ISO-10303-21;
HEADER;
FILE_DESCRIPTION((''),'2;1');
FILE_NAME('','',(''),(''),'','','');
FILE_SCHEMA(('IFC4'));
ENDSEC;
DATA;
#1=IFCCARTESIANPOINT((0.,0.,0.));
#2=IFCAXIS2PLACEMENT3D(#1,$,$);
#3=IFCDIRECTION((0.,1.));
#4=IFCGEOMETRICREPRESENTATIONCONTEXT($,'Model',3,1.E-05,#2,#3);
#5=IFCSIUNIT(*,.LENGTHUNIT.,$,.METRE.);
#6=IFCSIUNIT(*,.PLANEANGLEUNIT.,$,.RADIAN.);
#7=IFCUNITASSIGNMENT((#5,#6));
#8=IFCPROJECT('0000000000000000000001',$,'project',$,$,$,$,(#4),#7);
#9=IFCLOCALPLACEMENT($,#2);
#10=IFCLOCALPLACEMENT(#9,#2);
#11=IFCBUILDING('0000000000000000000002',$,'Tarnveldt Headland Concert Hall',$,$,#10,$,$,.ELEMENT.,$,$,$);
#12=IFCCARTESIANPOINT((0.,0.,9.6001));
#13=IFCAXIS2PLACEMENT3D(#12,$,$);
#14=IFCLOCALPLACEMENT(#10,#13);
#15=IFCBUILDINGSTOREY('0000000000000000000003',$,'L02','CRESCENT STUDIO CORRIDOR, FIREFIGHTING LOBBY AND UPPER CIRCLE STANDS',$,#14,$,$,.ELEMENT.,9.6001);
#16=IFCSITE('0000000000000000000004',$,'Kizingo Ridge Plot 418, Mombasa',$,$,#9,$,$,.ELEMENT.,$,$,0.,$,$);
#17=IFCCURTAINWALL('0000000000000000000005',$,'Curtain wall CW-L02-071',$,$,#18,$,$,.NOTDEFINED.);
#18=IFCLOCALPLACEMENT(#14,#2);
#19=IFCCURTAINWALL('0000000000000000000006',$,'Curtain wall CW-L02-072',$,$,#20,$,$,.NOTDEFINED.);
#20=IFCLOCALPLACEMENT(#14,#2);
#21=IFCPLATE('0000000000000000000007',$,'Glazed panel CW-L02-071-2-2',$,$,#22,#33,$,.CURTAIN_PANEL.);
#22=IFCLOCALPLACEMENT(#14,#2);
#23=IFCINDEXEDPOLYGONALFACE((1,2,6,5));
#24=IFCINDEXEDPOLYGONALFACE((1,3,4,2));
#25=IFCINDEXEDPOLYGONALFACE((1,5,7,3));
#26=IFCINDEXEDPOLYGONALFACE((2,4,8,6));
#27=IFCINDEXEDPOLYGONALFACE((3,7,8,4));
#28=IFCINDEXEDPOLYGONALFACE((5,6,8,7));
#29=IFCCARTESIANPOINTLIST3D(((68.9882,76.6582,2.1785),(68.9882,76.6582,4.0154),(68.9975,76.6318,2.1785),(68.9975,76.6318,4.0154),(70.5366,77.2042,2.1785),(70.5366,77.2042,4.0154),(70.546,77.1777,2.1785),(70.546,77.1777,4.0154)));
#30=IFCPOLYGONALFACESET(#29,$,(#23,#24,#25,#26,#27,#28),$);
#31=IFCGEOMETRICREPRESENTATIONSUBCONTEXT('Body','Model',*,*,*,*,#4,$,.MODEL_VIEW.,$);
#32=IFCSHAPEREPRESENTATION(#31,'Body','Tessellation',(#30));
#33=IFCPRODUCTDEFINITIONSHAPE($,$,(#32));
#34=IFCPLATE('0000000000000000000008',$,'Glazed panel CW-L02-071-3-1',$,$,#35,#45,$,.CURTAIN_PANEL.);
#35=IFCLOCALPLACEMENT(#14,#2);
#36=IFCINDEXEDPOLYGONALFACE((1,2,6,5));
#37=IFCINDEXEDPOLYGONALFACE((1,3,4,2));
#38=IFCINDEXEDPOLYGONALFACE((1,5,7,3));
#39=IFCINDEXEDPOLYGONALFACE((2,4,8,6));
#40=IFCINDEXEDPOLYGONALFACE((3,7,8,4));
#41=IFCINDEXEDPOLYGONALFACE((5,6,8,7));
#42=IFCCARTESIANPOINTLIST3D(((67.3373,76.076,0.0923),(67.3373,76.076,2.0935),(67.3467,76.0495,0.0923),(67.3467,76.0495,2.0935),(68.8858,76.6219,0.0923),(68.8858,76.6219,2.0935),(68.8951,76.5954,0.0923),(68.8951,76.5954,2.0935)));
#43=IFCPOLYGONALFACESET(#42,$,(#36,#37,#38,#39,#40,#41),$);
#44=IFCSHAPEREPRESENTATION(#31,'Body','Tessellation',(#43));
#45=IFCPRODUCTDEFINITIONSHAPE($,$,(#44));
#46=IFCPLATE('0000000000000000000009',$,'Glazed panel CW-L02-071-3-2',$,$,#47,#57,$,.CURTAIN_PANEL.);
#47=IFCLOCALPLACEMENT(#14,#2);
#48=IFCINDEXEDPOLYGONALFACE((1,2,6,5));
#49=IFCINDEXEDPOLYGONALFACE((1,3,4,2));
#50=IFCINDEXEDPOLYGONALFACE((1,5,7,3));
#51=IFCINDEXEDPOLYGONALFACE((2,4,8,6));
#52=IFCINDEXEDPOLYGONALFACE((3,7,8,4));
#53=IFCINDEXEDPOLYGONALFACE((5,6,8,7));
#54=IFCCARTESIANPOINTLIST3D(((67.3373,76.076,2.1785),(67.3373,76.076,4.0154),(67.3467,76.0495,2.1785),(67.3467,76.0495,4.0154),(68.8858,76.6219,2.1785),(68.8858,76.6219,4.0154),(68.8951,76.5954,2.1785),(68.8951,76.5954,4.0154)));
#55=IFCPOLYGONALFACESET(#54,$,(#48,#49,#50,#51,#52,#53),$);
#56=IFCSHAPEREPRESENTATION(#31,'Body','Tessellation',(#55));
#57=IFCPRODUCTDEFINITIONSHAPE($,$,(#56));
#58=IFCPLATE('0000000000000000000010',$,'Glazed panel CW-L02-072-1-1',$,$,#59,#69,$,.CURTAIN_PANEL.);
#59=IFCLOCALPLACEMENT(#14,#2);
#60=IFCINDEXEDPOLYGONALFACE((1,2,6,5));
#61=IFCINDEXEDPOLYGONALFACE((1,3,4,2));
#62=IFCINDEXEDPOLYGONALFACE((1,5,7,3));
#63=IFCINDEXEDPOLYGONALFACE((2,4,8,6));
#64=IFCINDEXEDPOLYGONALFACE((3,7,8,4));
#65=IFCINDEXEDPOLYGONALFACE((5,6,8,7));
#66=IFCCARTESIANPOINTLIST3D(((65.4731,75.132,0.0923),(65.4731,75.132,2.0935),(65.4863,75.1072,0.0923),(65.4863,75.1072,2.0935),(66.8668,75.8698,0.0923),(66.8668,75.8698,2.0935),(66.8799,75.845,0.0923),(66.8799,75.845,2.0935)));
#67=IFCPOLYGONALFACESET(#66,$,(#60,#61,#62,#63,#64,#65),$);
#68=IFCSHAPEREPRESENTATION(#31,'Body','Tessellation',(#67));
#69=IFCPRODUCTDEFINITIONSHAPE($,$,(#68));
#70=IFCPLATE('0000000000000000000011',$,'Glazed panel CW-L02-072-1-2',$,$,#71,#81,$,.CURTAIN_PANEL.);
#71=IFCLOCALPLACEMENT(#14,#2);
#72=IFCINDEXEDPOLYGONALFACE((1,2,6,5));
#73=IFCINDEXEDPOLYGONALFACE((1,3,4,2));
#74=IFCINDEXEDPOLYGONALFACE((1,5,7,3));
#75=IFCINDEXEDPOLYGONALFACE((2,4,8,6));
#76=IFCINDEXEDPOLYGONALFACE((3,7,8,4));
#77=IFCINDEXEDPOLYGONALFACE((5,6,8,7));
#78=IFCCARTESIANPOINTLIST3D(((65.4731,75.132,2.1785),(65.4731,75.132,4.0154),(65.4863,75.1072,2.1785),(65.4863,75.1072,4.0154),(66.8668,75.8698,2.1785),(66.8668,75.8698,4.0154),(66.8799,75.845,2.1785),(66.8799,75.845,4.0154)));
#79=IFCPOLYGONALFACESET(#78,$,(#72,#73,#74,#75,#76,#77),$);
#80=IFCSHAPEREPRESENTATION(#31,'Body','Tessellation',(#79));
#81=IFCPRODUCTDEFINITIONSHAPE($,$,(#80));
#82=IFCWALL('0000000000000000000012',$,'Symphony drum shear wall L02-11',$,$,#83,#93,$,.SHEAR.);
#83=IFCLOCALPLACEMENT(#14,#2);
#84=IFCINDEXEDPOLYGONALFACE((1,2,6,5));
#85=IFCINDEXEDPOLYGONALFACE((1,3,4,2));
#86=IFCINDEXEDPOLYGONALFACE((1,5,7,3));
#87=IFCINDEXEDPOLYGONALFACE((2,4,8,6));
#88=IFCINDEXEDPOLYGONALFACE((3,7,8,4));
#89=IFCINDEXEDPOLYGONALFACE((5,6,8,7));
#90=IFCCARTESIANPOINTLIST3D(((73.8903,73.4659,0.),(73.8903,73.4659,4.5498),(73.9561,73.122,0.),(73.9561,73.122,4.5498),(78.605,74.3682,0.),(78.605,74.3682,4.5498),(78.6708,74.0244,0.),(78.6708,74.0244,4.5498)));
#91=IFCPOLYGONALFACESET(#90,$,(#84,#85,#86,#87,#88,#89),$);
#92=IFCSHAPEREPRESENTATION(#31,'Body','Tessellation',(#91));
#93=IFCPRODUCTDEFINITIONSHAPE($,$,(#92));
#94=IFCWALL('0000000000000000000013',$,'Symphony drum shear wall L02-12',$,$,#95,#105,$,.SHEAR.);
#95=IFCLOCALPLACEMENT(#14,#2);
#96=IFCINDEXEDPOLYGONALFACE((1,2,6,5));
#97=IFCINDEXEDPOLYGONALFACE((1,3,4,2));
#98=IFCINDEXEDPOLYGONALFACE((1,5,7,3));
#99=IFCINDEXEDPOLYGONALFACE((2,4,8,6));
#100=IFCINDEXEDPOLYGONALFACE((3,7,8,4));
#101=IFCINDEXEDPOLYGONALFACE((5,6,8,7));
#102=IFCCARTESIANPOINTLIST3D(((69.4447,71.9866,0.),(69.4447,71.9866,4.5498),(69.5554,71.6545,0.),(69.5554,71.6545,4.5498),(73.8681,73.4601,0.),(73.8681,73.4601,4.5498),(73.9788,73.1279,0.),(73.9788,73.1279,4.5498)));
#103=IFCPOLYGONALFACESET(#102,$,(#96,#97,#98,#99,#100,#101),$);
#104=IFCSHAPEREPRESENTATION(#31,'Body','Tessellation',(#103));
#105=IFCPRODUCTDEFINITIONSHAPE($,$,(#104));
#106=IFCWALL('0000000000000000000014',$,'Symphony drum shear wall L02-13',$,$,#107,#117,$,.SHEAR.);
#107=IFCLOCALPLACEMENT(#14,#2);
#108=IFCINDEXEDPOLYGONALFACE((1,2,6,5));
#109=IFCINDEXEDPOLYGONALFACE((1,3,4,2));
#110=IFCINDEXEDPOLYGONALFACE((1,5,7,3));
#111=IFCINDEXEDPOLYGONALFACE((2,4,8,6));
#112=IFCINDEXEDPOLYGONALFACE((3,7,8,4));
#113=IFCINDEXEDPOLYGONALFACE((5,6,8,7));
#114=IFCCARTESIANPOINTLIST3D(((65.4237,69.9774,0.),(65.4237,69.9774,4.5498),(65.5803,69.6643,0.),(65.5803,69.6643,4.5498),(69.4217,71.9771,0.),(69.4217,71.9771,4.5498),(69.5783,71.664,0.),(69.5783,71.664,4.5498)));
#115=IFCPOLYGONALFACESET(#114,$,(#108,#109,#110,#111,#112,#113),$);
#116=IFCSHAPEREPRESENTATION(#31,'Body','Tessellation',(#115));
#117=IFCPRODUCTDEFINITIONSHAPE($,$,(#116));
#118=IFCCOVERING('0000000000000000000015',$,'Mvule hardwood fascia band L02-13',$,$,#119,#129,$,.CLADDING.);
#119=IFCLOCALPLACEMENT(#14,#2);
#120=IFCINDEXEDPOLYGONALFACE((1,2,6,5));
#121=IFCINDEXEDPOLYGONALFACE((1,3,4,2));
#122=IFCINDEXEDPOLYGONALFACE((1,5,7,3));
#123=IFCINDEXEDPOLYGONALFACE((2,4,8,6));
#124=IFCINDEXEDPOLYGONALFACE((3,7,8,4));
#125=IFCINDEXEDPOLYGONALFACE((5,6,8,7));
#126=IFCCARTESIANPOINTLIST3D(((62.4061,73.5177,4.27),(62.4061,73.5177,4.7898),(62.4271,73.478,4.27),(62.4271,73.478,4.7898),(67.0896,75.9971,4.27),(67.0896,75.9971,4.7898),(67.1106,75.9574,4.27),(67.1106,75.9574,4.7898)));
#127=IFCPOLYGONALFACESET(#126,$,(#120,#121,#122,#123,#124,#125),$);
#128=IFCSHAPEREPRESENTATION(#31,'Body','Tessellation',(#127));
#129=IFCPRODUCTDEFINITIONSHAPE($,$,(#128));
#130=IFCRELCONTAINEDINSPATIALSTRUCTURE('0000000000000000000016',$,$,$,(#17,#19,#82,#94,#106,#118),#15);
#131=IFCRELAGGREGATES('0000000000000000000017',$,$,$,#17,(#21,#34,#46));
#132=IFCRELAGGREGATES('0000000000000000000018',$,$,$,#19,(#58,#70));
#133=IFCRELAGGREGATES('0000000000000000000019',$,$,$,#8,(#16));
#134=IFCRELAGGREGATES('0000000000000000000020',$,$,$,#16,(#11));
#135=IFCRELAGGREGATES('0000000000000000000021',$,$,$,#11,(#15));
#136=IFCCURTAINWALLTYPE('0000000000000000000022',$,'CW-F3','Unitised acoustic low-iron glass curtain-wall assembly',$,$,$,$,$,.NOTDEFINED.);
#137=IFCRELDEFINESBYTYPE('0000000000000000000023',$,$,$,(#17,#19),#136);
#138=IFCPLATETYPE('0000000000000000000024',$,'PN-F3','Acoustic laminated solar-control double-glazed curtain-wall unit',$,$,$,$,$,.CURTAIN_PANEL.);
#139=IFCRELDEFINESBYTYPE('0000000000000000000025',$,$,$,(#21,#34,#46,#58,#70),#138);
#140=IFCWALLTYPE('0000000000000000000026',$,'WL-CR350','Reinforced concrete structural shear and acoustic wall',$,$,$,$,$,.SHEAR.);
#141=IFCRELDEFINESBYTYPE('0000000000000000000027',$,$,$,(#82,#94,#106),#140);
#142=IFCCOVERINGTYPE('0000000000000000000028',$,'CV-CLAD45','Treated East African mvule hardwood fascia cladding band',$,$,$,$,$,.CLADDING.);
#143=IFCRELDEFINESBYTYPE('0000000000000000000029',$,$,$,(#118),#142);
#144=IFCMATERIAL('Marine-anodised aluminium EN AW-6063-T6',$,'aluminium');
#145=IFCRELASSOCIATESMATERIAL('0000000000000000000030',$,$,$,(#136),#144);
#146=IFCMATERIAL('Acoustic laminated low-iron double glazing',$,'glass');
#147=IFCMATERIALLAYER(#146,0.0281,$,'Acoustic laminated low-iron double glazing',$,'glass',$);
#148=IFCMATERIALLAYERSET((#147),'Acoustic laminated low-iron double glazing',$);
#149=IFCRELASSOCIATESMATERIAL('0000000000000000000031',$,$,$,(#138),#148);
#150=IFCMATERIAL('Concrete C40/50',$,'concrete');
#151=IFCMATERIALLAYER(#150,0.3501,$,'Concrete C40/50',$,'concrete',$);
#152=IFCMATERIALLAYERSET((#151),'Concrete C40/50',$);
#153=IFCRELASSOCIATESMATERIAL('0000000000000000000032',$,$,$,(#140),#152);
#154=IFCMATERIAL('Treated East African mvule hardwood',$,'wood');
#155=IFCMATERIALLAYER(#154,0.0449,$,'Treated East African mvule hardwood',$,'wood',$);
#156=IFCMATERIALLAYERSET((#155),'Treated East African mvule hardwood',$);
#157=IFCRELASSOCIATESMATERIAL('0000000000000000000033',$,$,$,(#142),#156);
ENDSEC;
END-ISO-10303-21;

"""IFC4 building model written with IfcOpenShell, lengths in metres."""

from ifc_helpers import new_model, si_unit, direction, frame, frame_2d, origin, origin_2d, place, context, subcontext, project, spatial, rectangle, extrude, material, layer, layer_set, type_object, element, aggregate, save


model = new_model("IFC4")

# Units and contexts
model_context = context("Model", 3, precision=1e-05, world=origin(), true_north=direction((0.0, 1.0)))
body_context = subcontext(model_context, "Body", "Model", "MODEL_VIEW")
ifc_project = project(units=[si_unit("LENGTHUNIT", "METRE"), si_unit("PLANEANGLEUNIT", "RADIAN")], contexts=[model_context])

# Site, building, storey
site_placement = place(None, origin())
site = spatial("IfcSite", under=ifc_project, at=site_placement, Name="Kizingo Ridge Plot 418, Mombasa", CompositionType="ELEMENT", RefElevation=0.0)
building_placement = place(site_placement, origin())
building = spatial("IfcBuilding", under=site, at=building_placement, Name="Tarnveldt Headland Concert Hall", CompositionType="ELEMENT")
storey_placement = place(building_placement, frame((0.0, 0.0, 9.6001)))
storey = spatial("IfcBuildingStorey", under=building, at=storey_placement, Name="L02", Description="CRESCENT STUDIO CORRIDOR, FIREFIGHTING LOBBY AND UPPER CIRCLE STANDS", CompositionType="ELEMENT", Elevation=9.6001)

# Shared definitions
ifc_material_1 = material(Name="Concrete C40/50", Category="concrete")

# Curtain walls
ifc_material_2 = material(Name="Marine-anodised aluminium EN AW-6063-T6", Category="aluminium")
curtain_wall_type = type_object("IfcCurtainWallType", Name="CW-F3", Description="Unitised acoustic low-iron glass curtain-wall assembly", PredefinedType="NOTDEFINED", material=ifc_material_2)
curtain_wall_1_placement = place(storey_placement, origin())
curtain_wall_1 = element("IfcCurtainWall", 1, at=curtain_wall_1_placement, inside=storey, type_object=curtain_wall_type, Name="Curtain wall CW-L02-071", PredefinedType="NOTDEFINED")
curtain_wall_2_placement = place(storey_placement, origin())
curtain_wall_2 = element("IfcCurtainWall", 2, at=curtain_wall_2_placement, inside=storey, type_object=curtain_wall_type, Name="Curtain wall CW-L02-072", PredefinedType="NOTDEFINED")

# Plates
ifc_material_3 = material(Name="Acoustic laminated low-iron double glazing", Category="glass")
ifc_layer_1 = layer(ifc_material_3, 0.0281, Name="Acoustic laminated low-iron double glazing", Category="glass")
ifc_layer_set_1 = layer_set([ifc_layer_1], Name="Acoustic laminated low-iron double glazing")
plate_type_1 = type_object("IfcPlateType", Name="PN-F3", Description="Acoustic laminated solar-control double-glazed curtain-wall unit", PredefinedType="CURTAIN_PANEL", material=ifc_layer_set_1)
plate_1_placement = place(storey_placement, frame((69.7671, 76.918, 2.1785), z_axis=(0.0, 0.0, 1.0), x_axis=(-0.943095, -0.332523, 0.0)))
plate_1 = element("IfcPlate", 3, at=plate_1_placement, type_object=plate_type_1, Name="Glazed panel CW-L02-071-2-2", PredefinedType="CURTAIN_PANEL", context=body_context, shape_type="SweptSolid", body=[
    extrude(rectangle(XDim=1.6418, YDim=0.0281, at=origin_2d()), origin(), (0.0, 0.0, 1.0), 1.8369),
])
plate_2_placement = place(storey_placement, frame((68.1162, 76.3357, 0.0923), z_axis=(0.0, 0.0, 1.0), x_axis=(-0.943095, -0.332523, 0.0)))
plate_2 = element("IfcPlate", 4, at=plate_2_placement, type_object=plate_type_1, Name="Glazed panel CW-L02-071-3-1", PredefinedType="CURTAIN_PANEL", context=body_context, shape_type="SweptSolid", body=[
    extrude(rectangle(XDim=1.6418, YDim=0.0281, at=origin_2d()), origin(), (0.0, 0.0, 1.0), 2.0012),
])
plate_3_placement = place(storey_placement, frame((68.1162, 76.3357, 2.1785), z_axis=(0.0, 0.0, 1.0), x_axis=(-0.943095, -0.332523, 0.0)))
plate_3 = element("IfcPlate", 5, at=plate_3_placement, type_object=plate_type_1, Name="Glazed panel CW-L02-071-3-2", PredefinedType="CURTAIN_PANEL", context=body_context, shape_type="SweptSolid", body=[
    extrude(rectangle(XDim=1.6418, YDim=0.0281, at=origin_2d()), origin(), (0.0, 0.0, 1.0), 1.8369),
])
aggregate(curtain_wall_1, [plate_1, plate_2, plate_3])
plate_4_placement = place(storey_placement, frame((66.1765, 75.4885, 0.0923), z_axis=(0.0, 0.0, 1.0), x_axis=(-0.883782, -0.467899, 0.0)))
plate_4 = element("IfcPlate", 6, at=plate_4_placement, type_object=plate_type_1, Name="Glazed panel CW-L02-072-1-1", PredefinedType="CURTAIN_PANEL", context=body_context, shape_type="SweptSolid", body=[
    extrude(rectangle(XDim=1.5769, YDim=0.0281, at=origin_2d()), origin(), (0.0, 0.0, 1.0), 2.0012),
])
plate_5_placement = place(storey_placement, frame((66.1765, 75.4885, 2.1785), z_axis=(0.0, 0.0, 1.0), x_axis=(-0.883782, -0.467899, 0.0)))
plate_5 = element("IfcPlate", 7, at=plate_5_placement, type_object=plate_type_1, Name="Glazed panel CW-L02-072-1-2", PredefinedType="CURTAIN_PANEL", context=body_context, shape_type="SweptSolid", body=[
    extrude(rectangle(XDim=1.5769, YDim=0.0281, at=origin_2d()), origin(), (0.0, 0.0, 1.0), 1.8369),
])
aggregate(curtain_wall_2, [plate_4, plate_5])

# Walls
ifc_layer_2 = layer(ifc_material_1, 0.3501, Name="Concrete C40/50", Category="concrete")
ifc_layer_set_2 = layer_set([ifc_layer_2], Name="Concrete C40/50")
wall_type = type_object("IfcWallType", Name="WL-CR350", Description="Reinforced concrete structural shear and acoustic wall", PredefinedType="SHEAR", material=ifc_layer_set_2)
wall_1_placement = place(storey_placement, frame((78.6379, 74.1963, 0.0), z_axis=(0.0, 0.0, 1.0), x_axis=(-0.982173, -0.187981, 0.0)))
element("IfcWall", 8, at=wall_1_placement, inside=storey, type_object=wall_type, Name="Symphony drum shear wall L02-11", PredefinedType="SHEAR", context=body_context, shape_type="SweptSolid", body=[
    extrude(rectangle(XDim=4.8003, YDim=0.3501, at=frame_2d((2.4001, 0.0))), origin(), (0.0, 0.0, 1.0), 4.5498),
])
wall_2_placement = place(storey_placement, frame((73.9233, 73.2939, 0.0), z_axis=(0.0, 0.0, 1.0), x_axis=(-0.948751, -0.316024, 0.0)))
element("IfcWall", 9, at=wall_2_placement, inside=storey, type_object=wall_type, Name="Symphony drum shear wall L02-12", PredefinedType="SHEAR", context=body_context, shape_type="SweptSolid", body=[
    extrude(rectangle(XDim=4.6624, YDim=0.3501, at=frame_2d((2.3311, 0.0))), origin(), (0.0, 0.0, 1.0), 4.5498),
])
wall_3_placement = place(storey_placement, frame((69.5, 71.8206, 0.0), z_axis=(0.0, 0.0, 1.0), x_axis=(-0.894362, -0.447345, 0.0)))
element("IfcWall", 10, at=wall_3_placement, inside=storey, type_object=wall_type, Name="Symphony drum shear wall L02-13", PredefinedType="SHEAR", context=body_context, shape_type="SweptSolid", body=[
    extrude(rectangle(XDim=4.4702, YDim=0.3501, at=frame_2d((2.2351, 0.0))), origin(), (0.0, 0.0, 1.0), 4.5498),
])

# Covering
ifc_material_4 = material(Name="Treated East African mvule hardwood", Category="wood")
ifc_layer_3 = layer(ifc_material_4, 0.0449, Name="Treated East African mvule hardwood", Category="wood")
ifc_layer_set_3 = layer_set([ifc_layer_3], Name="Treated East African mvule hardwood")
covering_type = type_object("IfcCoveringType", Name="CV-CLAD45", Description="Treated East African mvule hardwood fascia cladding band", PredefinedType="CLADDING", material=ifc_layer_set_3)
covering_placement = place(storey_placement, frame((67.1001, 75.9773, 4.27), z_axis=(0.0, 0.0, 1.0), x_axis=(-0.883792, -0.467879, 0.0)))
element("IfcCovering", 11, at=covering_placement, inside=storey, type_object=covering_type, Name="Mvule hardwood fascia band L02-13", PredefinedType="CLADDING", context=body_context, shape_type="SweptSolid", body=[
    extrude(rectangle(XDim=5.2993, YDim=0.0449, at=frame_2d((2.6497, 0.0))), origin(), (0.0, 0.0, 1.0), 0.5198),
])

save(model, "model.ifc")
